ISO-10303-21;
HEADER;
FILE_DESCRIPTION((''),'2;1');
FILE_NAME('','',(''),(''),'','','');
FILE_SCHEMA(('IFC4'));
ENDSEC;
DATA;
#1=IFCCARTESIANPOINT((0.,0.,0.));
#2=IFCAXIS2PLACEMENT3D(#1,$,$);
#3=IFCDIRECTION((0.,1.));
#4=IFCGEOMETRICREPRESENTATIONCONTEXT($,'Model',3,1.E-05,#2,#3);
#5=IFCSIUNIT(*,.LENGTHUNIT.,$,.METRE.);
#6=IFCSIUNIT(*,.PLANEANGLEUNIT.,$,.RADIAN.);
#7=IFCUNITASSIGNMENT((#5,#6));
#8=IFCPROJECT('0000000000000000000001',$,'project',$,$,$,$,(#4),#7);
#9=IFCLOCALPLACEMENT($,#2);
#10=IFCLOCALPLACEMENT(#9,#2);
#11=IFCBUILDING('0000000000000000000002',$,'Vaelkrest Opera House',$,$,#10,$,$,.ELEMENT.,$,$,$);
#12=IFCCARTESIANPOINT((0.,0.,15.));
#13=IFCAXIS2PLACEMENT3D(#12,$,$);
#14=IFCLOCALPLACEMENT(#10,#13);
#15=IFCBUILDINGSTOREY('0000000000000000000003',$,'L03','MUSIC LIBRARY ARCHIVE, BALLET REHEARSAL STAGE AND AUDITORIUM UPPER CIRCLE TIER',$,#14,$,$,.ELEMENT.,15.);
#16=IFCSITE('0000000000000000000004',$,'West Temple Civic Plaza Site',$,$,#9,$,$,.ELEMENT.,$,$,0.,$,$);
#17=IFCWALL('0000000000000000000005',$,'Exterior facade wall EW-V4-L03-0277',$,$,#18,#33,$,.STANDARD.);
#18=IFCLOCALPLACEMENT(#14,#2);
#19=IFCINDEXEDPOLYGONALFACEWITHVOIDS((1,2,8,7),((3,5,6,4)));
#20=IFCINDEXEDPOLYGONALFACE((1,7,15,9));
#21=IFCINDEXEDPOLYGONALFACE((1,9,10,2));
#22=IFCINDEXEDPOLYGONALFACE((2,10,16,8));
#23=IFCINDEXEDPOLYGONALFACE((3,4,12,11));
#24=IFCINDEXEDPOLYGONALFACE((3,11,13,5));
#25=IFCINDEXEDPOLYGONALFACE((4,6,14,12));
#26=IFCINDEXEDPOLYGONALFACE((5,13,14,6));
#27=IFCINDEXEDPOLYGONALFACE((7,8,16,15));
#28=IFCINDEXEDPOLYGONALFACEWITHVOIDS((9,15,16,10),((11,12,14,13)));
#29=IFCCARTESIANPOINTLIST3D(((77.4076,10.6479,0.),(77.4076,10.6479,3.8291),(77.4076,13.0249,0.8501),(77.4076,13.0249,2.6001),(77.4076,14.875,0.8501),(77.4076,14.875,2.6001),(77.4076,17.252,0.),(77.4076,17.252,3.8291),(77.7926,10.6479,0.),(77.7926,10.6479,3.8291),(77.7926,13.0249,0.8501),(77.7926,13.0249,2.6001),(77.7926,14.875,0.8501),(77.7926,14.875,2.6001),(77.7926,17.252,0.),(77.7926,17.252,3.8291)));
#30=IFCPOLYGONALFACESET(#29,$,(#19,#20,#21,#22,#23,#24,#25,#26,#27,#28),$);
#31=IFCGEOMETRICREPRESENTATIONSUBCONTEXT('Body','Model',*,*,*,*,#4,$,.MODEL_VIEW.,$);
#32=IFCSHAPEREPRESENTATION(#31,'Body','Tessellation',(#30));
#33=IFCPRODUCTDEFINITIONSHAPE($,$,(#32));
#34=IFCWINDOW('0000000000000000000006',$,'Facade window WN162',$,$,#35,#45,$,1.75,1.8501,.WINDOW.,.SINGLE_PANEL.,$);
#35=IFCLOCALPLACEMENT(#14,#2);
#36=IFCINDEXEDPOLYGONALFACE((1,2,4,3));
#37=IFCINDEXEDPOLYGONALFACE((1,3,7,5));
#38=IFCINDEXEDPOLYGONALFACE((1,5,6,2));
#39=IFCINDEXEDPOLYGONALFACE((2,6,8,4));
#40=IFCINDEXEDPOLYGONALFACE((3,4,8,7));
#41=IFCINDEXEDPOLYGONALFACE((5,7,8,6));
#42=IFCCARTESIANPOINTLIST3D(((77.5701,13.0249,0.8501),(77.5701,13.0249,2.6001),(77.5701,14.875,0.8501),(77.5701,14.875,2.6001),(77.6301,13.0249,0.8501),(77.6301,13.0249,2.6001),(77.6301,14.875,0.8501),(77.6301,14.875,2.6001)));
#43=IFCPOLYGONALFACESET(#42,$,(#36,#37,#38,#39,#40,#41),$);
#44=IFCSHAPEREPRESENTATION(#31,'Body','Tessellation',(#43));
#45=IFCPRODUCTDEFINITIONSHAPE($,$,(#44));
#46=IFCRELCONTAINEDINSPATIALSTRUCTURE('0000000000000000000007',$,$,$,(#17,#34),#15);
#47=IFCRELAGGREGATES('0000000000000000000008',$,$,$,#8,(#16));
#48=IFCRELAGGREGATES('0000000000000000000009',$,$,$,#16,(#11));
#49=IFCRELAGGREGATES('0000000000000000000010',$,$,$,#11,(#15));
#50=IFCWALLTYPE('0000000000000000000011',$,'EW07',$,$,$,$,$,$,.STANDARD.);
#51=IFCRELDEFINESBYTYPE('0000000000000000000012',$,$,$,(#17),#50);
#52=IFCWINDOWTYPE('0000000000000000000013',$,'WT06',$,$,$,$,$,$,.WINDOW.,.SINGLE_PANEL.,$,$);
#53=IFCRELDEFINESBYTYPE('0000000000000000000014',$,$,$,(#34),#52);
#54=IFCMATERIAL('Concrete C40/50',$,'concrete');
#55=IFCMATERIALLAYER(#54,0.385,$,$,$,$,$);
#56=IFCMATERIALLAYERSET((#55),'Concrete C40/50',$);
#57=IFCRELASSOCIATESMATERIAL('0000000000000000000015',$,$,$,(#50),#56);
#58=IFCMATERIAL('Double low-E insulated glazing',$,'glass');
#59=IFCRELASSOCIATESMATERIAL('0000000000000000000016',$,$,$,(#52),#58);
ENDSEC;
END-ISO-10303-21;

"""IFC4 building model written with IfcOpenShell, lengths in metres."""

from ifc_helpers import new_model, si_unit, direction, frame, frame_2d, origin, place, context, subcontext, project, spatial, rectangle, extrude, material, layer, layer_set, type_object, element, fill, save


model = new_model("IFC4")

# Units and contexts
model_context = context("Model", 3, precision=1e-05, world=origin(), true_north=direction((0.0, 1.0)))
body_context = subcontext(model_context, "Body", "Model", "MODEL_VIEW")
ifc_project = project(units=[si_unit("LENGTHUNIT", "METRE"), si_unit("PLANEANGLEUNIT", "RADIAN")], contexts=[model_context])

# Site, building, storey
site_placement = place(None, origin())
site = spatial("IfcSite", under=ifc_project, at=site_placement, Name="West Temple Civic Plaza Site", CompositionType="ELEMENT", RefElevation=0.0)
building_placement = place(site_placement, origin())
building = spatial("IfcBuilding", under=site, at=building_placement, Name="Vaelkrest Opera House", CompositionType="ELEMENT")
storey_placement = place(building_placement, frame((0.0, 0.0, 15.0)))
storey = spatial("IfcBuildingStorey", under=building, at=storey_placement, Name="L03", Description="MUSIC LIBRARY ARCHIVE, BALLET REHEARSAL STAGE AND AUDITORIUM UPPER CIRCLE TIER", CompositionType="ELEMENT", Elevation=15.0)

# Shared definitions
ifc_material_1 = material(Name="Double low-E insulated glazing", Category="glass")

# Wall, opening, window
ifc_material_2 = material(Name="Concrete C40/50", Category="concrete")
ifc_layer_1 = layer(ifc_material_2, 0.385)
ifc_layer_set_1 = layer_set([ifc_layer_1], Name="Concrete C40/50")
wall_type = type_object("IfcWallType", Name="EW07", PredefinedType="STANDARD", material=ifc_layer_set_1)
wall_placement = place(storey_placement, frame((77.6001, 17.252, 0.0), z_axis=(0.0, 0.0, 1.0), x_axis=(0.0, -1.0, 0.0)))
wall = element("IfcWall", 1, at=wall_placement, inside=storey, type_object=wall_type, Name="Exterior facade wall EW-V4-L03-0277", PredefinedType="STANDARD", context=body_context, shape_type="SweptSolid", body=[
    extrude(rectangle(XDim=6.604, YDim=0.385, at=frame_2d((3.302, 0.0))), origin(), (0.0, 0.0, 1.0), 3.8291),
])
opening_placement = place(wall_placement, frame((2.377, 0.0, 0.8501)))
opening = element("IfcOpeningElement", 2, at=opening_placement, cuts=wall, PredefinedType="OPENING", context=body_context, shape_type="SweptSolid", body=[
    extrude(rectangle(XDim=1.8501, YDim=1.75, at=frame_2d((0.925, 0.875))), frame((0.0, 0.2024, 0.0), z_axis=(0.0, -1.0, 0.0), x_axis=(1.0, 0.0, 0.0)), (0.0, 0.0, 1.0), 0.405),
])
window_type = type_object("IfcWindowType", Name="WT06", PartitioningType="SINGLE_PANEL", PredefinedType="WINDOW", material=ifc_material_1)
window_placement = place(opening_placement, origin())
window = element("IfcWindow", 3, at=window_placement, inside=storey, type_object=window_type, Name="Facade window WN162", OverallHeight=1.75, OverallWidth=1.8501, PartitioningType="SINGLE_PANEL", PredefinedType="WINDOW", context=body_context, shape_type="SweptSolid", body=[
    extrude(rectangle(XDim=1.8501, YDim=1.75, at=frame_2d((0.925, 0.875))), frame((0.0, 0.03, 0.0), z_axis=(0.0, -1.0, 0.0), x_axis=(1.0, 0.0, 0.0)), (0.0, 0.0, 1.0), 0.0601),
])
fill(opening, window)

save(model, "model.ifc")
